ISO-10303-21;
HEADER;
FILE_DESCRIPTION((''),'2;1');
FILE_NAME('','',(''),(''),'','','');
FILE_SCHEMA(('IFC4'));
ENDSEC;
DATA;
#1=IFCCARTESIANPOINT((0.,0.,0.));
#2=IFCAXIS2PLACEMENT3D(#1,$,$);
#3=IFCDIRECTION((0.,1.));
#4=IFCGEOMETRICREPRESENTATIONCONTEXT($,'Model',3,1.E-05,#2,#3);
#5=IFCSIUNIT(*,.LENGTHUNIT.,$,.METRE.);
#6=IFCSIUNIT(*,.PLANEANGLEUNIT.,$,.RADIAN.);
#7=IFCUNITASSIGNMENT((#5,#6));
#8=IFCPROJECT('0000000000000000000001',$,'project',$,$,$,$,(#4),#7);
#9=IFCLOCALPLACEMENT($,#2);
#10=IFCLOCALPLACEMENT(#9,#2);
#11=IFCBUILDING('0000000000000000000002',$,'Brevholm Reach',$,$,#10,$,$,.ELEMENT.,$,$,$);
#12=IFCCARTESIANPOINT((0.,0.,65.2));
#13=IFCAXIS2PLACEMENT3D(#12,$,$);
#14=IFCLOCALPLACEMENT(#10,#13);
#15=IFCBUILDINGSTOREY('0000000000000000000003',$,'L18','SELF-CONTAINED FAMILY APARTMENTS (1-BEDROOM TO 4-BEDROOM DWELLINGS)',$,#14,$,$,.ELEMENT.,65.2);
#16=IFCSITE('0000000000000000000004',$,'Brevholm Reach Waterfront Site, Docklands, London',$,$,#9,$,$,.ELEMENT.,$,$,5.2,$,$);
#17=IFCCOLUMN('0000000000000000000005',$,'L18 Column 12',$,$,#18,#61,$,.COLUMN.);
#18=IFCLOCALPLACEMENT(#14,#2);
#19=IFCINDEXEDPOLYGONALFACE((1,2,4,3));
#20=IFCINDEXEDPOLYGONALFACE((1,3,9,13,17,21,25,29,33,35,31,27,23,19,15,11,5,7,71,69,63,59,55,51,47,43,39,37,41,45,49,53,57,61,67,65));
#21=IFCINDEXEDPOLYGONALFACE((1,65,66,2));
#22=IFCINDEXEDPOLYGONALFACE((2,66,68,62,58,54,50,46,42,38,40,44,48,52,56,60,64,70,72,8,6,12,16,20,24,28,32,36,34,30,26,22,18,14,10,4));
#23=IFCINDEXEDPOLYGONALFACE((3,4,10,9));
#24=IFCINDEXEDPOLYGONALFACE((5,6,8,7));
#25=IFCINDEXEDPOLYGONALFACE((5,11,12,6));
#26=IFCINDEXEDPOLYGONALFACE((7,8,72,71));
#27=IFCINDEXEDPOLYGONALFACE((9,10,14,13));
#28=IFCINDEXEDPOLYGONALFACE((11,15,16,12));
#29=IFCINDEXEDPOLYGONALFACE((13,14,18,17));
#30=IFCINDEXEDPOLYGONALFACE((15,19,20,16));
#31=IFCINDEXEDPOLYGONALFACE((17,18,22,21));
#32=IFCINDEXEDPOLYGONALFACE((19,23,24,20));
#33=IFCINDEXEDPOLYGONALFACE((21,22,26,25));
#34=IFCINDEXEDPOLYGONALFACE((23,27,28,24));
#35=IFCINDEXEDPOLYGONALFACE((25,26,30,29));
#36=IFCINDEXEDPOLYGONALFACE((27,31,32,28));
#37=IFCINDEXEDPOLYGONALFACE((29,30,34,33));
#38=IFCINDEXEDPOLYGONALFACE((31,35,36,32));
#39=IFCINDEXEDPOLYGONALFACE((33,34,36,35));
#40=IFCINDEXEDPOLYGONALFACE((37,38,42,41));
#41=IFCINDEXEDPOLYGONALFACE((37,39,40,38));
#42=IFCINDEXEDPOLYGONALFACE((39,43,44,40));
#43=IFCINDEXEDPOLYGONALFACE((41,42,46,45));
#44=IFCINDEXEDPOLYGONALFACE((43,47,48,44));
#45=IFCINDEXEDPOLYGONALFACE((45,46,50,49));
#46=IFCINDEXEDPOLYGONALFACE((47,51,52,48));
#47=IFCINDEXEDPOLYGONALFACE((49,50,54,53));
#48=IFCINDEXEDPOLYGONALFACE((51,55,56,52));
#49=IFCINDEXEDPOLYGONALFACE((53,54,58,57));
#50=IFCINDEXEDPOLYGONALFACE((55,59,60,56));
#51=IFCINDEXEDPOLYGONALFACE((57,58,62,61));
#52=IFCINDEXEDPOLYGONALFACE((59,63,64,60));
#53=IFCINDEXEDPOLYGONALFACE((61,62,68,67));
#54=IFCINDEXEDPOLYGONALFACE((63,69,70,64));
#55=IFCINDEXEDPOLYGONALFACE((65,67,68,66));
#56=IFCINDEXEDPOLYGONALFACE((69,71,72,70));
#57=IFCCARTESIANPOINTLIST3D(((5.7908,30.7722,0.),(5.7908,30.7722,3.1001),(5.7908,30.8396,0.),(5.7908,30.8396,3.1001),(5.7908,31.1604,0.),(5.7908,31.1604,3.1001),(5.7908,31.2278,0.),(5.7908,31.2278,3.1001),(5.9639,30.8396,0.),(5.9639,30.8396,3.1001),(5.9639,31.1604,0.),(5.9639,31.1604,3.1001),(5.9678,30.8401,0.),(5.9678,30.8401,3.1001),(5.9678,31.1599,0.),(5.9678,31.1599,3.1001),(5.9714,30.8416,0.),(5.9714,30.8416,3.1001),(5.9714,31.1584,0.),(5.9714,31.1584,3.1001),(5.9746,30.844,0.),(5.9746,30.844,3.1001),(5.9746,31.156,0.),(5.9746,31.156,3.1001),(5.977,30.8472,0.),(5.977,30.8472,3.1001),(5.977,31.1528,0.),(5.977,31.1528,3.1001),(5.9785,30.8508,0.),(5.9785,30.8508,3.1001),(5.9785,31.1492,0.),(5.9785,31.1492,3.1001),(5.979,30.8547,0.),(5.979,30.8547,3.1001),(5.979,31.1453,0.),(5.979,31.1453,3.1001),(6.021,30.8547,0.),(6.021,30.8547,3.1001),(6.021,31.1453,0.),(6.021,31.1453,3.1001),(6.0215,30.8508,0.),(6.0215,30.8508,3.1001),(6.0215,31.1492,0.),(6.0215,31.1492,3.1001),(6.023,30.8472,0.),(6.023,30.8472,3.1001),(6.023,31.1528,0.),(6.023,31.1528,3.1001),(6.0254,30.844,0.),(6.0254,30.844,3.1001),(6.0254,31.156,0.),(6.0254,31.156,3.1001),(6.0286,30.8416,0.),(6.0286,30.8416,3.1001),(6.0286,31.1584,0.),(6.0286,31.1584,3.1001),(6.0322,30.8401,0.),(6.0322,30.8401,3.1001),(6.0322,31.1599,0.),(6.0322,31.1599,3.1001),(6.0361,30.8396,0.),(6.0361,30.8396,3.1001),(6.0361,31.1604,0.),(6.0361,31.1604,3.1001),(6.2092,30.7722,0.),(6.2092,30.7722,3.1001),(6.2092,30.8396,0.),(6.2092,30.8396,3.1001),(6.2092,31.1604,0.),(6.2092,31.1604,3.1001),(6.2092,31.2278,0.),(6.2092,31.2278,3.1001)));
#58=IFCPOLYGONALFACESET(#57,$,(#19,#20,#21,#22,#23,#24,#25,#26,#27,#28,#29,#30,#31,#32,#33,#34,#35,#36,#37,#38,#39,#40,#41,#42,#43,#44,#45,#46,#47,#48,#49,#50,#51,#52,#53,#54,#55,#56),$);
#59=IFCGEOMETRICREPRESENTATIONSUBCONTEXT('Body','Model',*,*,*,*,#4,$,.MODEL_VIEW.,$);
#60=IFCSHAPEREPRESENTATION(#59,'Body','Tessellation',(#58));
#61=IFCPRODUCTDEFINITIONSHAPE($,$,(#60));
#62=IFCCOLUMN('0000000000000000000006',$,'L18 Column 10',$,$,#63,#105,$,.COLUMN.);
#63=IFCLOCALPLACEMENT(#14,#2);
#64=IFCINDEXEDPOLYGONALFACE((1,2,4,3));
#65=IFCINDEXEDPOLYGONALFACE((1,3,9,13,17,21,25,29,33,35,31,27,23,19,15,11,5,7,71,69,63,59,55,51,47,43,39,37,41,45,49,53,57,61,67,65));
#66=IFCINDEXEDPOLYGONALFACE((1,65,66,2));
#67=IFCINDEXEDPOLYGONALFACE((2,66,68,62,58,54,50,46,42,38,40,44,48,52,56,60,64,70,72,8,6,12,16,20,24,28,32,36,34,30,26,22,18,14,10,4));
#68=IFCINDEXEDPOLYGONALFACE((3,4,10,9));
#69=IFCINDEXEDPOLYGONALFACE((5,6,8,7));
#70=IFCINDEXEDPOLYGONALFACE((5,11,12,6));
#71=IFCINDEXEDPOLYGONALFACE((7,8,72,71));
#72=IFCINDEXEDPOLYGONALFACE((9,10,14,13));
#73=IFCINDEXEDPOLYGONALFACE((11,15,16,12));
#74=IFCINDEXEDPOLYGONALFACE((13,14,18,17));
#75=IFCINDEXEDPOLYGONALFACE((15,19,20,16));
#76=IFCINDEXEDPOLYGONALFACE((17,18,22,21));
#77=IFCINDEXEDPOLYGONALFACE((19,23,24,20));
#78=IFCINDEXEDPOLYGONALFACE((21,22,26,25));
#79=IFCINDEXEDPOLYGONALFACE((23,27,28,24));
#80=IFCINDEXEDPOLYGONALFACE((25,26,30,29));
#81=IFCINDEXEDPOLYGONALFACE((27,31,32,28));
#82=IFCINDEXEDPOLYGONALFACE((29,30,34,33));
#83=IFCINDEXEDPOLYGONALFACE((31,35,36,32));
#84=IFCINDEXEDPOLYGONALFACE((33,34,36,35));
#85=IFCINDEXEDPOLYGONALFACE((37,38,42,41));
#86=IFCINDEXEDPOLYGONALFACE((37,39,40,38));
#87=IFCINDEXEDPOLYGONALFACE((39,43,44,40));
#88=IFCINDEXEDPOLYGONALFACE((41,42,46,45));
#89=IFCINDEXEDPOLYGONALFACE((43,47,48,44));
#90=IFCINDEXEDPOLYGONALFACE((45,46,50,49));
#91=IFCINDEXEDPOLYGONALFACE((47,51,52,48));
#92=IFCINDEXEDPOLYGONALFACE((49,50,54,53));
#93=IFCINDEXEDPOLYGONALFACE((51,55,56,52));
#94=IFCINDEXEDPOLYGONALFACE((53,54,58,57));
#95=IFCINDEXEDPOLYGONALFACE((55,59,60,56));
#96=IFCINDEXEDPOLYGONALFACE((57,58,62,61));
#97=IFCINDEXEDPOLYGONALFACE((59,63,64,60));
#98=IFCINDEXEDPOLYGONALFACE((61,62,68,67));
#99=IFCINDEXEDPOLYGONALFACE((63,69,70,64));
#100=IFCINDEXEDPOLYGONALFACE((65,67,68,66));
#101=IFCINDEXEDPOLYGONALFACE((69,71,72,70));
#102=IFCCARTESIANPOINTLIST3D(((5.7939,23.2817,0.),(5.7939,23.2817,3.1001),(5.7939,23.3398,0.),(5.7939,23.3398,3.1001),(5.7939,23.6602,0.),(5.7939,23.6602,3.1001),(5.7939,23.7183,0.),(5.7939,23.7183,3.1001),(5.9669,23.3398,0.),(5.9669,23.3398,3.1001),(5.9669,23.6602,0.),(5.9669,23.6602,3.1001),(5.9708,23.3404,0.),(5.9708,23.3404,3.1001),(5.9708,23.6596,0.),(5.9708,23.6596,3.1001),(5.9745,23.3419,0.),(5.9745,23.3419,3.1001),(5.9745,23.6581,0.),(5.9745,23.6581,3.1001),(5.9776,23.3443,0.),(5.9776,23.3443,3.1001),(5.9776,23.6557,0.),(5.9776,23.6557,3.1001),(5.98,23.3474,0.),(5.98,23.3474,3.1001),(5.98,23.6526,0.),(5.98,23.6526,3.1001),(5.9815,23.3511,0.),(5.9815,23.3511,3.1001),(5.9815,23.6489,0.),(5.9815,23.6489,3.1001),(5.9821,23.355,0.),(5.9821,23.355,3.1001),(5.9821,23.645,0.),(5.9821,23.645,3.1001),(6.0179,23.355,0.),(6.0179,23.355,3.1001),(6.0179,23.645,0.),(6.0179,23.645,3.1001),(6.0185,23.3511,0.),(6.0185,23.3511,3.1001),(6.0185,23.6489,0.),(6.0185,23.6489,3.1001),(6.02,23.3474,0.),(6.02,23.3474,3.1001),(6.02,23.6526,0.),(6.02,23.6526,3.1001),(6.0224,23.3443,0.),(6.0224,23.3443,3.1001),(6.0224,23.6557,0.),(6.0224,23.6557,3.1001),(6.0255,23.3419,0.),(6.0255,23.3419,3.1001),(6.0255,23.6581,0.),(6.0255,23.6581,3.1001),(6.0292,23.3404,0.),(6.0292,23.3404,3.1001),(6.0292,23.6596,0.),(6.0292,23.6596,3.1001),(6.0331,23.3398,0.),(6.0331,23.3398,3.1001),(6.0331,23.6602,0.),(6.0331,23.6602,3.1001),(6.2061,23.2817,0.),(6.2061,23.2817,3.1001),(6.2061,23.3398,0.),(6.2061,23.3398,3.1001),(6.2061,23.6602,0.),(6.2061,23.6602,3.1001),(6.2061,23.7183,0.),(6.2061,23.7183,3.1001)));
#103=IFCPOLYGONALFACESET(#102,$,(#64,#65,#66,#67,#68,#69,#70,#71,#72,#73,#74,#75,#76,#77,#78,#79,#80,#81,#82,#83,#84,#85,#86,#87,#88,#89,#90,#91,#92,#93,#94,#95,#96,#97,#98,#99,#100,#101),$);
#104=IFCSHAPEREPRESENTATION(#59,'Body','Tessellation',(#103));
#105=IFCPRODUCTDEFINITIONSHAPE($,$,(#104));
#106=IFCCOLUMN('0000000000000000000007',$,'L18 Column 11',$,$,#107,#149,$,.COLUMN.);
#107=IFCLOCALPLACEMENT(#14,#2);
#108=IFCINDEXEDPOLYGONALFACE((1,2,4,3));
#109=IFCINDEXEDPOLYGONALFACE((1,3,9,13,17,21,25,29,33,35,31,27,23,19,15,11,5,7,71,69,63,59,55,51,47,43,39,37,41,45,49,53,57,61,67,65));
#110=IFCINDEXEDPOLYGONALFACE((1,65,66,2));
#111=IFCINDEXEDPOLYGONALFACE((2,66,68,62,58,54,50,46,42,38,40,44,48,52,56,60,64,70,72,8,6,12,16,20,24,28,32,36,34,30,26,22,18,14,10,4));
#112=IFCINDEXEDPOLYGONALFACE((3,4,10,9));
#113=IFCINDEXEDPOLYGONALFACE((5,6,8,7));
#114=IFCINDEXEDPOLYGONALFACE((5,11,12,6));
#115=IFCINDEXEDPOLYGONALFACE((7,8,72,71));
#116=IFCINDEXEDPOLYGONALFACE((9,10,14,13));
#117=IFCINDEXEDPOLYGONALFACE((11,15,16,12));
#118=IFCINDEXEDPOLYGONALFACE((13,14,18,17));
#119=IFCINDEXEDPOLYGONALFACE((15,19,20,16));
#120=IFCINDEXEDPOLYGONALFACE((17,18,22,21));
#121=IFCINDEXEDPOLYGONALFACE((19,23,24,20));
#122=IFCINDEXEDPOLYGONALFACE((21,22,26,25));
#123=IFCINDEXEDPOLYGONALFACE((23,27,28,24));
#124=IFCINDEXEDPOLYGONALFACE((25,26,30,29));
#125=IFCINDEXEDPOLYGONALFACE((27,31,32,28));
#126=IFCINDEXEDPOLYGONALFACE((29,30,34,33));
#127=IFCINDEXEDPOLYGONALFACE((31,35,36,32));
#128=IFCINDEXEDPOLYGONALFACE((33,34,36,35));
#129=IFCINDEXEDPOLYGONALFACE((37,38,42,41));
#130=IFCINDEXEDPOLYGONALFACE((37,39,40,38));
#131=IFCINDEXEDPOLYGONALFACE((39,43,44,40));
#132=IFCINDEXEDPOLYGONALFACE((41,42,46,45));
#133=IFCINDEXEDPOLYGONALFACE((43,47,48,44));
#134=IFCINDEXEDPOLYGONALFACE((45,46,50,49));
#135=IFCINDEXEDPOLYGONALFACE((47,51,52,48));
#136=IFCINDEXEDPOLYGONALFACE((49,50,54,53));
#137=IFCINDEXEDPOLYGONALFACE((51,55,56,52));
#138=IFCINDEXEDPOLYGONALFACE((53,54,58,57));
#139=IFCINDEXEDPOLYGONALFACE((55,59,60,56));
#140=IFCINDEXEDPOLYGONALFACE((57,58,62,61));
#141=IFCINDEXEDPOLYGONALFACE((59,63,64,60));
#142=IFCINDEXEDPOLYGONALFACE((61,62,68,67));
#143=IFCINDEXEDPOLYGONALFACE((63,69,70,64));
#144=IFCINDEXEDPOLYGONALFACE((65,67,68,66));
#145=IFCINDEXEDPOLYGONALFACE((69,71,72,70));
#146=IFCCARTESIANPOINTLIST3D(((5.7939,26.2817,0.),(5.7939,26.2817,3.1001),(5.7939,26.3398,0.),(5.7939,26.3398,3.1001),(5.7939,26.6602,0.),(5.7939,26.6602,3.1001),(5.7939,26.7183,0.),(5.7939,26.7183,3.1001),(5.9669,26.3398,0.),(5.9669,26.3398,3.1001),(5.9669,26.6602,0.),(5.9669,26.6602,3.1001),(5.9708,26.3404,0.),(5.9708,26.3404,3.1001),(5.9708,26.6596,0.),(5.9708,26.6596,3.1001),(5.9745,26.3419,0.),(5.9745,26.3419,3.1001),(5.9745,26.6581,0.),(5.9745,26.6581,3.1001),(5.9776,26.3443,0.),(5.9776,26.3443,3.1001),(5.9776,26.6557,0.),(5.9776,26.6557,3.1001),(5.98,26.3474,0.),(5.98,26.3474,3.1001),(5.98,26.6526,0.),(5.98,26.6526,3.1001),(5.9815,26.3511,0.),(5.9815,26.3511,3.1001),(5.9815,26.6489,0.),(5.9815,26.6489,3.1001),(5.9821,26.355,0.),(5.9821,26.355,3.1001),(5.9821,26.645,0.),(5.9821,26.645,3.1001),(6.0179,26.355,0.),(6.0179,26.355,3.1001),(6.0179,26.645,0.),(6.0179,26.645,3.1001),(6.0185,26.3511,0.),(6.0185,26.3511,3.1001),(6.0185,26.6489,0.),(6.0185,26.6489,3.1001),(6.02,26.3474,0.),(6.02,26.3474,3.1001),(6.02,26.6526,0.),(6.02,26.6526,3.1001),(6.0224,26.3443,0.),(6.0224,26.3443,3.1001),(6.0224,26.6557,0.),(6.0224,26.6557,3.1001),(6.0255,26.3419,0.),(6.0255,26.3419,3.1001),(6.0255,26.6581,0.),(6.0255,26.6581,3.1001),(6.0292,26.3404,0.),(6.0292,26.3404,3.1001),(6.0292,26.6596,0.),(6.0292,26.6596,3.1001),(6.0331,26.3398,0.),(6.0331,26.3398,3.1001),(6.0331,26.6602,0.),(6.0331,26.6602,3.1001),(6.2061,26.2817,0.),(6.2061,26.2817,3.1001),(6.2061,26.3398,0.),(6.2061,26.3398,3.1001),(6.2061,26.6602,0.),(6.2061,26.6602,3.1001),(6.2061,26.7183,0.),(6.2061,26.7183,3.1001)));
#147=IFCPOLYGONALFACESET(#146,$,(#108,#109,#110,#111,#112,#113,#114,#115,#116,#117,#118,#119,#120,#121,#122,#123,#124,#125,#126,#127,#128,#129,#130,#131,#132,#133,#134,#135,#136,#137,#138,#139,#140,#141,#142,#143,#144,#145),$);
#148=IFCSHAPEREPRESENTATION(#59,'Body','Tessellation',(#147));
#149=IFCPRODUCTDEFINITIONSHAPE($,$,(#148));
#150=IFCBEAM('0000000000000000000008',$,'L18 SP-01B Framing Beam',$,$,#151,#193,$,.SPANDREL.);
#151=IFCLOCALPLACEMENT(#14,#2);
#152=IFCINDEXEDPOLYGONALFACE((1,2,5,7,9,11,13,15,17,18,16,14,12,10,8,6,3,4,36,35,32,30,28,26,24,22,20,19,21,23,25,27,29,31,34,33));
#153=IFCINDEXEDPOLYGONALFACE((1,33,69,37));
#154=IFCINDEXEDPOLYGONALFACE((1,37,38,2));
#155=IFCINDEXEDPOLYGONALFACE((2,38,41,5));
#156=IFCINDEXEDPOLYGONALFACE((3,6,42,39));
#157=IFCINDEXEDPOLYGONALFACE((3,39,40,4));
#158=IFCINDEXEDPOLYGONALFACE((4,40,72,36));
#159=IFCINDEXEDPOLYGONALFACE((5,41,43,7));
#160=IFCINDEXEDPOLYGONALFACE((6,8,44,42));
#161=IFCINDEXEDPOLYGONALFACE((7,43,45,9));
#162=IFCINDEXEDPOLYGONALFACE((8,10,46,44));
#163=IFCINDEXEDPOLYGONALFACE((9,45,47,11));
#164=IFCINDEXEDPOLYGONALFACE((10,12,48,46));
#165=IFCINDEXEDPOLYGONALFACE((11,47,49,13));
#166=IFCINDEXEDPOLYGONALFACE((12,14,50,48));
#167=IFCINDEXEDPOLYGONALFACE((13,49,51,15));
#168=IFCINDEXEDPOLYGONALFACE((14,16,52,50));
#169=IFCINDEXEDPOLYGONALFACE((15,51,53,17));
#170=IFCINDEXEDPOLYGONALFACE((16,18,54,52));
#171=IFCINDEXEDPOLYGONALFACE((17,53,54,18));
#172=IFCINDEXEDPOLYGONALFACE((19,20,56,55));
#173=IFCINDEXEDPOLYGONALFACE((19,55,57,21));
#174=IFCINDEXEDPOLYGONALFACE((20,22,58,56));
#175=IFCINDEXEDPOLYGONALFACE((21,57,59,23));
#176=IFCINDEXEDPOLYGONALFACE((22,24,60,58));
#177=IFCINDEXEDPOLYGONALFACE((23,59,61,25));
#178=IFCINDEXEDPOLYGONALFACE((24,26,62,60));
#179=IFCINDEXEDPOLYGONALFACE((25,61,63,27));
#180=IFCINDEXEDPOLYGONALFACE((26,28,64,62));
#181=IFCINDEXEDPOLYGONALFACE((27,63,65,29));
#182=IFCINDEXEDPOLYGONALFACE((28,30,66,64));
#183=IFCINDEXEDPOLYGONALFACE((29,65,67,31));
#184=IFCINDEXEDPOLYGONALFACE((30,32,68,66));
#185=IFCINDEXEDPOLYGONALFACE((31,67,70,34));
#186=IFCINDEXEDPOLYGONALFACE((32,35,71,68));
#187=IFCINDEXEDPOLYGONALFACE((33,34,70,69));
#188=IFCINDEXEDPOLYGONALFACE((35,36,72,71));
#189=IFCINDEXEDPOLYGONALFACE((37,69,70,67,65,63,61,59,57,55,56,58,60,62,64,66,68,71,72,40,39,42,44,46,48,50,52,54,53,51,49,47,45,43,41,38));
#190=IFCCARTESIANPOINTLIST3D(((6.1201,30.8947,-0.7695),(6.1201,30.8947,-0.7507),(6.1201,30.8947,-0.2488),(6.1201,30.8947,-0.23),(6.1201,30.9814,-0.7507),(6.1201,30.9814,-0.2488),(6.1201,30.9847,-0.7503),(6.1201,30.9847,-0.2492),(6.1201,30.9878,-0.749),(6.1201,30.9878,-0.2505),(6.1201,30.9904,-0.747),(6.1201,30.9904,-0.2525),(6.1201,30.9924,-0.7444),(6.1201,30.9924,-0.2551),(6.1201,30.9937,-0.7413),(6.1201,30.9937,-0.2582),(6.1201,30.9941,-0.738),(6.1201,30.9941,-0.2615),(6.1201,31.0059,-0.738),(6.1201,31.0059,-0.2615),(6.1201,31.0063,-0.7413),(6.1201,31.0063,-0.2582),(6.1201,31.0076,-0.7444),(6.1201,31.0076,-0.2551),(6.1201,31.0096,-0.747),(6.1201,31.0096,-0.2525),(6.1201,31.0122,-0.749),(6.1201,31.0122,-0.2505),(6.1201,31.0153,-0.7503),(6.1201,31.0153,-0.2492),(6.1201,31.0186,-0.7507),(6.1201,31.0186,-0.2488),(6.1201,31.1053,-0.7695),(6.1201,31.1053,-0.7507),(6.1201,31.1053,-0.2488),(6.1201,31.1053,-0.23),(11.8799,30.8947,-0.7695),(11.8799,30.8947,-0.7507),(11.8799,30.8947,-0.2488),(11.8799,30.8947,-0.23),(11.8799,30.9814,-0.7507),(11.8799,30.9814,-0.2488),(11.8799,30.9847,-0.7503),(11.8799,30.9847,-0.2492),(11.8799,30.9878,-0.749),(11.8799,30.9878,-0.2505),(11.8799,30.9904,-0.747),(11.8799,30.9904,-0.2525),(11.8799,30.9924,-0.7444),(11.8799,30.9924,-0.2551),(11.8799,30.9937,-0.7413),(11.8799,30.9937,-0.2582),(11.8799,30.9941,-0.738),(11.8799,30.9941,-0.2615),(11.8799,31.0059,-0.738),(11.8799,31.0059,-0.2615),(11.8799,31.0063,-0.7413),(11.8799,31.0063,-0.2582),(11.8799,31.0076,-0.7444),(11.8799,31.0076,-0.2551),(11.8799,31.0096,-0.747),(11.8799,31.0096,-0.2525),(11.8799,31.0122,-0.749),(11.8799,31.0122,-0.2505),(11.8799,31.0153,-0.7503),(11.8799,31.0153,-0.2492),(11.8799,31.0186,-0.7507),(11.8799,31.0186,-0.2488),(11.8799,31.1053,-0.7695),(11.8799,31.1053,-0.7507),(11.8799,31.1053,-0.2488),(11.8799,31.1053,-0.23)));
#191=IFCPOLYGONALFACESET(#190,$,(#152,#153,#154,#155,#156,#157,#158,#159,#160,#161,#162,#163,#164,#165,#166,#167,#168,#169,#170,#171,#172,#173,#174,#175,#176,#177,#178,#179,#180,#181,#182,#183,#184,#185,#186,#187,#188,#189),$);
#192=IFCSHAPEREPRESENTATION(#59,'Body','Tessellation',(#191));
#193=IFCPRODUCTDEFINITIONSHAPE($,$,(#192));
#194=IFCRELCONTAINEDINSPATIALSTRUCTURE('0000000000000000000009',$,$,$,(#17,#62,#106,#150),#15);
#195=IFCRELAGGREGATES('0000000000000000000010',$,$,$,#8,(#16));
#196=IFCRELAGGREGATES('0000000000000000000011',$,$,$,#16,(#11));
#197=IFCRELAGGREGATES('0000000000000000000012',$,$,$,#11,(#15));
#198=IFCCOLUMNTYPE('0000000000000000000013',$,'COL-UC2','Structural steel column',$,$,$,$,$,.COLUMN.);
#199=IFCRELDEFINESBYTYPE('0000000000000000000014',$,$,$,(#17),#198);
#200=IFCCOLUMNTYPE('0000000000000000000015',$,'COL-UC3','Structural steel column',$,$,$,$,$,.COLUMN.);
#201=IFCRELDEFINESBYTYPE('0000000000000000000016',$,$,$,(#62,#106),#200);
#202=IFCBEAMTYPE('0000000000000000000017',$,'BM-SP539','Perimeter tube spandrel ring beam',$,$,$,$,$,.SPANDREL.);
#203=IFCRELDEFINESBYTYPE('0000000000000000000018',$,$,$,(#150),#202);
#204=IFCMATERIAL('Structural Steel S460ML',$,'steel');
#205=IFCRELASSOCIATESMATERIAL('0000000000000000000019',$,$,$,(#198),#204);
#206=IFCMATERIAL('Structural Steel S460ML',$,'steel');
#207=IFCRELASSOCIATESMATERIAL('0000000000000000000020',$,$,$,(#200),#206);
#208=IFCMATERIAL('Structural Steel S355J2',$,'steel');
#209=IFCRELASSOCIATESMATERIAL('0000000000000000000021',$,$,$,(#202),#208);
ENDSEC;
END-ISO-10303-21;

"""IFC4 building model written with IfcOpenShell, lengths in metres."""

from ifc_helpers import new_model, si_unit, direction, frame, origin, origin_2d, place, context, subcontext, project, spatial, i_section, extrude, material, material_profile, profile_set, type_object, element, save


model = new_model("IFC4")

# Units and contexts
model_context = context("Model", 3, precision=1e-05, world=origin(), true_north=direction((0.0, 1.0)))
body_context = subcontext(model_context, "Body", "Model", "MODEL_VIEW")
ifc_project = project(units=[si_unit("LENGTHUNIT", "METRE"), si_unit("PLANEANGLEUNIT", "RADIAN")], contexts=[model_context])

# Site, building, storey
site_placement = place(None, origin())
site = spatial("IfcSite", under=ifc_project, at=site_placement, Name="Brevholm Reach Waterfront Site, Docklands, London", CompositionType="ELEMENT", RefElevation=5.2)
building_placement = place(site_placement, origin())
building = spatial("IfcBuilding", under=site, at=building_placement, Name="Brevholm Reach", CompositionType="ELEMENT")
storey_placement = place(building_placement, frame((0.0, 0.0, 65.2)))
storey = spatial("IfcBuildingStorey", under=building, at=storey_placement, Name="L18", Description="SELF-CONTAINED FAMILY APARTMENTS (1-BEDROOM TO 4-BEDROOM DWELLINGS)", CompositionType="ELEMENT", Elevation=65.2)

# Columns
ifc_material_1 = material(Name="Structural Steel S460ML", Category="steel")
ifc_material_profile_1 = material_profile(ifc_material_1, i_section(OverallWidth=0.4185, OverallDepth=0.4556, WebThickness=0.042, FlangeThickness=0.0674, FilletRadius=0.0151, at=origin_2d()), Name="UKC 356x406x551")
ifc_profile_set_1 = profile_set([ifc_material_profile_1], Name="Structural Steel S460ML")
column_type_1 = type_object("IfcColumnType", Name="COL-UC2", Description="Structural steel column", PredefinedType="COLUMN", material=ifc_profile_set_1)
for number, where, z_axis, x_axis, name in (
    (1, (6.0, 31.0, 0.0), (0.0, 0.0, 1.0), (1.0, 0.0, 0.0), "L18 Column 12"),
):
    element("IfcColumn", number, at=place(storey_placement, frame(where, z_axis=z_axis, x_axis=x_axis)), inside=storey, type_object=column_type_1, Name=name, PredefinedType="COLUMN", context=body_context, shape_type="SweptSolid", body=[
        extrude(i_section(OverallWidth=0.4185, OverallDepth=0.4556, WebThickness=0.042, FlangeThickness=0.0674, FilletRadius=0.0151, at=origin_2d()), origin(), (0.0, 0.0, 1.0), 3.1001),
    ])
ifc_material_2 = material(Name="Structural Steel S460ML", Category="steel")
ifc_material_profile_2 = material_profile(ifc_material_2, i_section(OverallWidth=0.4121, OverallDepth=0.4365, WebThickness=0.0359, FlangeThickness=0.0581, FilletRadius=0.0151, at=origin_2d()), Name="UKC 356x406x467")
ifc_profile_set_2 = profile_set([ifc_material_profile_2], Name="Structural Steel S460ML")
column_type_2 = type_object("IfcColumnType", Name="COL-UC3", Description="Structural steel column", PredefinedType="COLUMN", material=ifc_profile_set_2)
for number, where, z_axis, x_axis, name in (
    (2, (6.0, 23.5, 0.0), (0.0, 0.0, 1.0), (1.0, 0.0, 0.0), "L18 Column 10"),
    (3, (6.0, 26.5, 0.0), (0.0, 0.0, 1.0), (1.0, 0.0, 0.0), "L18 Column 11"),
):
    element("IfcColumn", number, at=place(storey_placement, frame(where, z_axis=z_axis, x_axis=x_axis)), inside=storey, type_object=column_type_2, Name=name, PredefinedType="COLUMN", context=body_context, shape_type="SweptSolid", body=[
        extrude(i_section(OverallWidth=0.4121, OverallDepth=0.4365, WebThickness=0.0359, FlangeThickness=0.0581, FilletRadius=0.0151, at=origin_2d()), origin(), (0.0, 0.0, 1.0), 3.1001),
    ])

# Beam
ifc_material_3 = material(Name="Structural Steel S355J2", Category="steel")
ifc_material_profile_3 = material_profile(ifc_material_3, i_section(OverallWidth=0.2107, OverallDepth=0.5396, WebThickness=0.0117, FlangeThickness=0.0188, FilletRadius=0.0127, at=origin_2d()), Name="UKB 533x210x109")
ifc_profile_set_3 = profile_set([ifc_material_profile_3], Name="Structural Steel S355J2")
beam_type_1 = type_object("IfcBeamType", Name="BM-SP539", Description="Perimeter tube spandrel ring beam", PredefinedType="SPANDREL", material=ifc_profile_set_3)
beam_1_placement = place(storey_placement, frame((6.1201, 31.0, -0.4998), z_axis=(1.0, 0.0, 0.0), x_axis=(0.0, 1.0, 0.0)))
element("IfcBeam", 4, at=beam_1_placement, inside=storey, type_object=beam_type_1, Name="L18 SP-01B Framing Beam", PredefinedType="SPANDREL", context=body_context, shape_type="SweptSolid", body=[
    extrude(i_section(OverallWidth=0.2107, OverallDepth=0.5396, WebThickness=0.0117, FlangeThickness=0.0188, FilletRadius=0.0127, at=origin_2d()), origin(), (0.0, 0.0, 1.0), 5.7598),
])

save(model, "model.ifc")
